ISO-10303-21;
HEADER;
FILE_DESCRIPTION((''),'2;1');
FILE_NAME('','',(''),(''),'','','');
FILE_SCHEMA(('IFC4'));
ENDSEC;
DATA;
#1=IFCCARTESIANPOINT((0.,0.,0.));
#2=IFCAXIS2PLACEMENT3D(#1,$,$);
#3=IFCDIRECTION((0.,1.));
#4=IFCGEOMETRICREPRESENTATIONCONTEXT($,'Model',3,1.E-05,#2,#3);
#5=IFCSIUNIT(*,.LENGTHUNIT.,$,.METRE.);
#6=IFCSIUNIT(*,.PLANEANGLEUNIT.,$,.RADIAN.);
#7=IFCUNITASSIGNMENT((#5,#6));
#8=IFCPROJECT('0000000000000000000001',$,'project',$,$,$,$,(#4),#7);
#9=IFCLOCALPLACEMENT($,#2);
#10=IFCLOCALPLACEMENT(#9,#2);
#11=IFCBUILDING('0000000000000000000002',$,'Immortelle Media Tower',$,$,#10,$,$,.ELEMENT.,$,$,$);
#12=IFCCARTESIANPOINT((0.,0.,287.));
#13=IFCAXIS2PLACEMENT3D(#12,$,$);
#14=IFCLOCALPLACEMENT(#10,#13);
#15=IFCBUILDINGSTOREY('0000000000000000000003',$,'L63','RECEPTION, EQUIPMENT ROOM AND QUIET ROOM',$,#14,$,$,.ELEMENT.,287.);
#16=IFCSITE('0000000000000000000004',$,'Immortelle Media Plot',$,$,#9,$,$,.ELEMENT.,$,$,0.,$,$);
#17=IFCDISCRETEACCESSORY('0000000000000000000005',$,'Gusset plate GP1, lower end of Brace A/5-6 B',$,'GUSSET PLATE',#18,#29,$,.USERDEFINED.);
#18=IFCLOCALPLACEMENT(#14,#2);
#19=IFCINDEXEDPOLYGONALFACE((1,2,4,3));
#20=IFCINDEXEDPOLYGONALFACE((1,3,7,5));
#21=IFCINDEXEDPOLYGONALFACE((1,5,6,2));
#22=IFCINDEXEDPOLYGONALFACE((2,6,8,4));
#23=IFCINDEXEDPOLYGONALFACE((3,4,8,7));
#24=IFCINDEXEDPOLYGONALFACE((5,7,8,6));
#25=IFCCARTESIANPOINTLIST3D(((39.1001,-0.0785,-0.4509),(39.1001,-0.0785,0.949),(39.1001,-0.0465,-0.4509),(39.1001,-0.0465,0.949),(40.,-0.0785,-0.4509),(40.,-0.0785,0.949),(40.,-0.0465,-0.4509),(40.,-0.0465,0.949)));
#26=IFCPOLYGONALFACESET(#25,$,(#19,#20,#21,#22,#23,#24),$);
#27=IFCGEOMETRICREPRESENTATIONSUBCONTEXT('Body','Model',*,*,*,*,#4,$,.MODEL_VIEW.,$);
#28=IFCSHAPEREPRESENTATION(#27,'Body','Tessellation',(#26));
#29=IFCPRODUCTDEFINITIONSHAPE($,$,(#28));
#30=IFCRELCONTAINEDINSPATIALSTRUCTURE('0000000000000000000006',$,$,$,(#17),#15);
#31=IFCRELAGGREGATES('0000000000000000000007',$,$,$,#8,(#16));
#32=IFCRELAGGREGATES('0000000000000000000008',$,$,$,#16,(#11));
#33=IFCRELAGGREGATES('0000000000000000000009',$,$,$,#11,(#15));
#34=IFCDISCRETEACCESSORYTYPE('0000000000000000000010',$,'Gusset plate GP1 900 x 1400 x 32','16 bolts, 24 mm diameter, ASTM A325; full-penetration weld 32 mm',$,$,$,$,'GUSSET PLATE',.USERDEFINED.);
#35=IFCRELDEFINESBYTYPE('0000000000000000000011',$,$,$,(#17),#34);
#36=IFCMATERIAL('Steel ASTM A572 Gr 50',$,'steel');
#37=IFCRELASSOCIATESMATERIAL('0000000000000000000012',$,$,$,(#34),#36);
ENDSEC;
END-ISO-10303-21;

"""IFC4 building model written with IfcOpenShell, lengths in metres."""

from ifc_helpers import new_model, si_unit, direction, frame, origin, origin_2d, place, context, subcontext, project, spatial, rectangle, extrude, material, material_profile, profile_set, type_object, element, save


model = new_model("IFC4")

# Units and contexts
model_context = context("Model", 3, precision=1e-05, world=origin(), true_north=direction((0.0, 1.0)))
body_context = subcontext(model_context, "Body", "Model", "MODEL_VIEW")
ifc_project = project(units=[si_unit("LENGTHUNIT", "METRE"), si_unit("PLANEANGLEUNIT", "RADIAN")], contexts=[model_context])

# Site, building, storey
site_placement = place(None, origin())
site = spatial("IfcSite", under=ifc_project, at=site_placement, Name="Immortelle Media Plot", CompositionType="ELEMENT", RefElevation=0.0)
building_placement = place(site_placement, origin())
building = spatial("IfcBuilding", under=site, at=building_placement, Name="Immortelle Media Tower", CompositionType="ELEMENT")
storey_placement = place(building_placement, frame((0.0, 0.0, 287.0)))
storey = spatial("IfcBuildingStorey", under=building, at=storey_placement, Name="L63", Description="RECEPTION, EQUIPMENT ROOM AND QUIET ROOM", CompositionType="ELEMENT", Elevation=287.0)

# Discrete accessory
ifc_material_1 = material(Name="Steel ASTM A572 Gr 50", Category="steel")
ifc_material_profile_1 = material_profile(ifc_material_1, rectangle(XDim=0.032, YDim=1.3999, at=origin_2d()), Name="PL 32 x 1400")
ifc_profile_set_1 = profile_set([ifc_material_profile_1], Name="Steel ASTM A572 Gr 50")
discrete_accessory_type_1 = type_object("IfcDiscreteAccessoryType", Name="Gusset plate GP1 900 x 1400 x 32", Description="16 bolts, 24 mm diameter, ASTM A325; full-penetration weld 32 mm", ElementType="GUSSET PLATE", PredefinedType="USERDEFINED", material=ifc_profile_set_1)
for number, where, z_axis, x_axis, name in (
    (1, (40.0, -0.0625, 0.249), (-1.0, 0.0, 0.0), (0.0, -1.0, 0.0), "Gusset plate GP1, lower end of Brace A/5-6 B"),
):
    element("IfcDiscreteAccessory", number, at=place(storey_placement, frame(where, z_axis=z_axis, x_axis=x_axis)), inside=storey, type_object=discrete_accessory_type_1, Name=name, ObjectType="GUSSET PLATE", PredefinedType="USERDEFINED", context=body_context, shape_type="SweptSolid", body=[
        extrude(rectangle(XDim=0.032, YDim=1.3999, at=origin_2d()), origin(), (0.0, 0.0, 1.0), 0.8999),
    ])

save(model, "model.ifc")
